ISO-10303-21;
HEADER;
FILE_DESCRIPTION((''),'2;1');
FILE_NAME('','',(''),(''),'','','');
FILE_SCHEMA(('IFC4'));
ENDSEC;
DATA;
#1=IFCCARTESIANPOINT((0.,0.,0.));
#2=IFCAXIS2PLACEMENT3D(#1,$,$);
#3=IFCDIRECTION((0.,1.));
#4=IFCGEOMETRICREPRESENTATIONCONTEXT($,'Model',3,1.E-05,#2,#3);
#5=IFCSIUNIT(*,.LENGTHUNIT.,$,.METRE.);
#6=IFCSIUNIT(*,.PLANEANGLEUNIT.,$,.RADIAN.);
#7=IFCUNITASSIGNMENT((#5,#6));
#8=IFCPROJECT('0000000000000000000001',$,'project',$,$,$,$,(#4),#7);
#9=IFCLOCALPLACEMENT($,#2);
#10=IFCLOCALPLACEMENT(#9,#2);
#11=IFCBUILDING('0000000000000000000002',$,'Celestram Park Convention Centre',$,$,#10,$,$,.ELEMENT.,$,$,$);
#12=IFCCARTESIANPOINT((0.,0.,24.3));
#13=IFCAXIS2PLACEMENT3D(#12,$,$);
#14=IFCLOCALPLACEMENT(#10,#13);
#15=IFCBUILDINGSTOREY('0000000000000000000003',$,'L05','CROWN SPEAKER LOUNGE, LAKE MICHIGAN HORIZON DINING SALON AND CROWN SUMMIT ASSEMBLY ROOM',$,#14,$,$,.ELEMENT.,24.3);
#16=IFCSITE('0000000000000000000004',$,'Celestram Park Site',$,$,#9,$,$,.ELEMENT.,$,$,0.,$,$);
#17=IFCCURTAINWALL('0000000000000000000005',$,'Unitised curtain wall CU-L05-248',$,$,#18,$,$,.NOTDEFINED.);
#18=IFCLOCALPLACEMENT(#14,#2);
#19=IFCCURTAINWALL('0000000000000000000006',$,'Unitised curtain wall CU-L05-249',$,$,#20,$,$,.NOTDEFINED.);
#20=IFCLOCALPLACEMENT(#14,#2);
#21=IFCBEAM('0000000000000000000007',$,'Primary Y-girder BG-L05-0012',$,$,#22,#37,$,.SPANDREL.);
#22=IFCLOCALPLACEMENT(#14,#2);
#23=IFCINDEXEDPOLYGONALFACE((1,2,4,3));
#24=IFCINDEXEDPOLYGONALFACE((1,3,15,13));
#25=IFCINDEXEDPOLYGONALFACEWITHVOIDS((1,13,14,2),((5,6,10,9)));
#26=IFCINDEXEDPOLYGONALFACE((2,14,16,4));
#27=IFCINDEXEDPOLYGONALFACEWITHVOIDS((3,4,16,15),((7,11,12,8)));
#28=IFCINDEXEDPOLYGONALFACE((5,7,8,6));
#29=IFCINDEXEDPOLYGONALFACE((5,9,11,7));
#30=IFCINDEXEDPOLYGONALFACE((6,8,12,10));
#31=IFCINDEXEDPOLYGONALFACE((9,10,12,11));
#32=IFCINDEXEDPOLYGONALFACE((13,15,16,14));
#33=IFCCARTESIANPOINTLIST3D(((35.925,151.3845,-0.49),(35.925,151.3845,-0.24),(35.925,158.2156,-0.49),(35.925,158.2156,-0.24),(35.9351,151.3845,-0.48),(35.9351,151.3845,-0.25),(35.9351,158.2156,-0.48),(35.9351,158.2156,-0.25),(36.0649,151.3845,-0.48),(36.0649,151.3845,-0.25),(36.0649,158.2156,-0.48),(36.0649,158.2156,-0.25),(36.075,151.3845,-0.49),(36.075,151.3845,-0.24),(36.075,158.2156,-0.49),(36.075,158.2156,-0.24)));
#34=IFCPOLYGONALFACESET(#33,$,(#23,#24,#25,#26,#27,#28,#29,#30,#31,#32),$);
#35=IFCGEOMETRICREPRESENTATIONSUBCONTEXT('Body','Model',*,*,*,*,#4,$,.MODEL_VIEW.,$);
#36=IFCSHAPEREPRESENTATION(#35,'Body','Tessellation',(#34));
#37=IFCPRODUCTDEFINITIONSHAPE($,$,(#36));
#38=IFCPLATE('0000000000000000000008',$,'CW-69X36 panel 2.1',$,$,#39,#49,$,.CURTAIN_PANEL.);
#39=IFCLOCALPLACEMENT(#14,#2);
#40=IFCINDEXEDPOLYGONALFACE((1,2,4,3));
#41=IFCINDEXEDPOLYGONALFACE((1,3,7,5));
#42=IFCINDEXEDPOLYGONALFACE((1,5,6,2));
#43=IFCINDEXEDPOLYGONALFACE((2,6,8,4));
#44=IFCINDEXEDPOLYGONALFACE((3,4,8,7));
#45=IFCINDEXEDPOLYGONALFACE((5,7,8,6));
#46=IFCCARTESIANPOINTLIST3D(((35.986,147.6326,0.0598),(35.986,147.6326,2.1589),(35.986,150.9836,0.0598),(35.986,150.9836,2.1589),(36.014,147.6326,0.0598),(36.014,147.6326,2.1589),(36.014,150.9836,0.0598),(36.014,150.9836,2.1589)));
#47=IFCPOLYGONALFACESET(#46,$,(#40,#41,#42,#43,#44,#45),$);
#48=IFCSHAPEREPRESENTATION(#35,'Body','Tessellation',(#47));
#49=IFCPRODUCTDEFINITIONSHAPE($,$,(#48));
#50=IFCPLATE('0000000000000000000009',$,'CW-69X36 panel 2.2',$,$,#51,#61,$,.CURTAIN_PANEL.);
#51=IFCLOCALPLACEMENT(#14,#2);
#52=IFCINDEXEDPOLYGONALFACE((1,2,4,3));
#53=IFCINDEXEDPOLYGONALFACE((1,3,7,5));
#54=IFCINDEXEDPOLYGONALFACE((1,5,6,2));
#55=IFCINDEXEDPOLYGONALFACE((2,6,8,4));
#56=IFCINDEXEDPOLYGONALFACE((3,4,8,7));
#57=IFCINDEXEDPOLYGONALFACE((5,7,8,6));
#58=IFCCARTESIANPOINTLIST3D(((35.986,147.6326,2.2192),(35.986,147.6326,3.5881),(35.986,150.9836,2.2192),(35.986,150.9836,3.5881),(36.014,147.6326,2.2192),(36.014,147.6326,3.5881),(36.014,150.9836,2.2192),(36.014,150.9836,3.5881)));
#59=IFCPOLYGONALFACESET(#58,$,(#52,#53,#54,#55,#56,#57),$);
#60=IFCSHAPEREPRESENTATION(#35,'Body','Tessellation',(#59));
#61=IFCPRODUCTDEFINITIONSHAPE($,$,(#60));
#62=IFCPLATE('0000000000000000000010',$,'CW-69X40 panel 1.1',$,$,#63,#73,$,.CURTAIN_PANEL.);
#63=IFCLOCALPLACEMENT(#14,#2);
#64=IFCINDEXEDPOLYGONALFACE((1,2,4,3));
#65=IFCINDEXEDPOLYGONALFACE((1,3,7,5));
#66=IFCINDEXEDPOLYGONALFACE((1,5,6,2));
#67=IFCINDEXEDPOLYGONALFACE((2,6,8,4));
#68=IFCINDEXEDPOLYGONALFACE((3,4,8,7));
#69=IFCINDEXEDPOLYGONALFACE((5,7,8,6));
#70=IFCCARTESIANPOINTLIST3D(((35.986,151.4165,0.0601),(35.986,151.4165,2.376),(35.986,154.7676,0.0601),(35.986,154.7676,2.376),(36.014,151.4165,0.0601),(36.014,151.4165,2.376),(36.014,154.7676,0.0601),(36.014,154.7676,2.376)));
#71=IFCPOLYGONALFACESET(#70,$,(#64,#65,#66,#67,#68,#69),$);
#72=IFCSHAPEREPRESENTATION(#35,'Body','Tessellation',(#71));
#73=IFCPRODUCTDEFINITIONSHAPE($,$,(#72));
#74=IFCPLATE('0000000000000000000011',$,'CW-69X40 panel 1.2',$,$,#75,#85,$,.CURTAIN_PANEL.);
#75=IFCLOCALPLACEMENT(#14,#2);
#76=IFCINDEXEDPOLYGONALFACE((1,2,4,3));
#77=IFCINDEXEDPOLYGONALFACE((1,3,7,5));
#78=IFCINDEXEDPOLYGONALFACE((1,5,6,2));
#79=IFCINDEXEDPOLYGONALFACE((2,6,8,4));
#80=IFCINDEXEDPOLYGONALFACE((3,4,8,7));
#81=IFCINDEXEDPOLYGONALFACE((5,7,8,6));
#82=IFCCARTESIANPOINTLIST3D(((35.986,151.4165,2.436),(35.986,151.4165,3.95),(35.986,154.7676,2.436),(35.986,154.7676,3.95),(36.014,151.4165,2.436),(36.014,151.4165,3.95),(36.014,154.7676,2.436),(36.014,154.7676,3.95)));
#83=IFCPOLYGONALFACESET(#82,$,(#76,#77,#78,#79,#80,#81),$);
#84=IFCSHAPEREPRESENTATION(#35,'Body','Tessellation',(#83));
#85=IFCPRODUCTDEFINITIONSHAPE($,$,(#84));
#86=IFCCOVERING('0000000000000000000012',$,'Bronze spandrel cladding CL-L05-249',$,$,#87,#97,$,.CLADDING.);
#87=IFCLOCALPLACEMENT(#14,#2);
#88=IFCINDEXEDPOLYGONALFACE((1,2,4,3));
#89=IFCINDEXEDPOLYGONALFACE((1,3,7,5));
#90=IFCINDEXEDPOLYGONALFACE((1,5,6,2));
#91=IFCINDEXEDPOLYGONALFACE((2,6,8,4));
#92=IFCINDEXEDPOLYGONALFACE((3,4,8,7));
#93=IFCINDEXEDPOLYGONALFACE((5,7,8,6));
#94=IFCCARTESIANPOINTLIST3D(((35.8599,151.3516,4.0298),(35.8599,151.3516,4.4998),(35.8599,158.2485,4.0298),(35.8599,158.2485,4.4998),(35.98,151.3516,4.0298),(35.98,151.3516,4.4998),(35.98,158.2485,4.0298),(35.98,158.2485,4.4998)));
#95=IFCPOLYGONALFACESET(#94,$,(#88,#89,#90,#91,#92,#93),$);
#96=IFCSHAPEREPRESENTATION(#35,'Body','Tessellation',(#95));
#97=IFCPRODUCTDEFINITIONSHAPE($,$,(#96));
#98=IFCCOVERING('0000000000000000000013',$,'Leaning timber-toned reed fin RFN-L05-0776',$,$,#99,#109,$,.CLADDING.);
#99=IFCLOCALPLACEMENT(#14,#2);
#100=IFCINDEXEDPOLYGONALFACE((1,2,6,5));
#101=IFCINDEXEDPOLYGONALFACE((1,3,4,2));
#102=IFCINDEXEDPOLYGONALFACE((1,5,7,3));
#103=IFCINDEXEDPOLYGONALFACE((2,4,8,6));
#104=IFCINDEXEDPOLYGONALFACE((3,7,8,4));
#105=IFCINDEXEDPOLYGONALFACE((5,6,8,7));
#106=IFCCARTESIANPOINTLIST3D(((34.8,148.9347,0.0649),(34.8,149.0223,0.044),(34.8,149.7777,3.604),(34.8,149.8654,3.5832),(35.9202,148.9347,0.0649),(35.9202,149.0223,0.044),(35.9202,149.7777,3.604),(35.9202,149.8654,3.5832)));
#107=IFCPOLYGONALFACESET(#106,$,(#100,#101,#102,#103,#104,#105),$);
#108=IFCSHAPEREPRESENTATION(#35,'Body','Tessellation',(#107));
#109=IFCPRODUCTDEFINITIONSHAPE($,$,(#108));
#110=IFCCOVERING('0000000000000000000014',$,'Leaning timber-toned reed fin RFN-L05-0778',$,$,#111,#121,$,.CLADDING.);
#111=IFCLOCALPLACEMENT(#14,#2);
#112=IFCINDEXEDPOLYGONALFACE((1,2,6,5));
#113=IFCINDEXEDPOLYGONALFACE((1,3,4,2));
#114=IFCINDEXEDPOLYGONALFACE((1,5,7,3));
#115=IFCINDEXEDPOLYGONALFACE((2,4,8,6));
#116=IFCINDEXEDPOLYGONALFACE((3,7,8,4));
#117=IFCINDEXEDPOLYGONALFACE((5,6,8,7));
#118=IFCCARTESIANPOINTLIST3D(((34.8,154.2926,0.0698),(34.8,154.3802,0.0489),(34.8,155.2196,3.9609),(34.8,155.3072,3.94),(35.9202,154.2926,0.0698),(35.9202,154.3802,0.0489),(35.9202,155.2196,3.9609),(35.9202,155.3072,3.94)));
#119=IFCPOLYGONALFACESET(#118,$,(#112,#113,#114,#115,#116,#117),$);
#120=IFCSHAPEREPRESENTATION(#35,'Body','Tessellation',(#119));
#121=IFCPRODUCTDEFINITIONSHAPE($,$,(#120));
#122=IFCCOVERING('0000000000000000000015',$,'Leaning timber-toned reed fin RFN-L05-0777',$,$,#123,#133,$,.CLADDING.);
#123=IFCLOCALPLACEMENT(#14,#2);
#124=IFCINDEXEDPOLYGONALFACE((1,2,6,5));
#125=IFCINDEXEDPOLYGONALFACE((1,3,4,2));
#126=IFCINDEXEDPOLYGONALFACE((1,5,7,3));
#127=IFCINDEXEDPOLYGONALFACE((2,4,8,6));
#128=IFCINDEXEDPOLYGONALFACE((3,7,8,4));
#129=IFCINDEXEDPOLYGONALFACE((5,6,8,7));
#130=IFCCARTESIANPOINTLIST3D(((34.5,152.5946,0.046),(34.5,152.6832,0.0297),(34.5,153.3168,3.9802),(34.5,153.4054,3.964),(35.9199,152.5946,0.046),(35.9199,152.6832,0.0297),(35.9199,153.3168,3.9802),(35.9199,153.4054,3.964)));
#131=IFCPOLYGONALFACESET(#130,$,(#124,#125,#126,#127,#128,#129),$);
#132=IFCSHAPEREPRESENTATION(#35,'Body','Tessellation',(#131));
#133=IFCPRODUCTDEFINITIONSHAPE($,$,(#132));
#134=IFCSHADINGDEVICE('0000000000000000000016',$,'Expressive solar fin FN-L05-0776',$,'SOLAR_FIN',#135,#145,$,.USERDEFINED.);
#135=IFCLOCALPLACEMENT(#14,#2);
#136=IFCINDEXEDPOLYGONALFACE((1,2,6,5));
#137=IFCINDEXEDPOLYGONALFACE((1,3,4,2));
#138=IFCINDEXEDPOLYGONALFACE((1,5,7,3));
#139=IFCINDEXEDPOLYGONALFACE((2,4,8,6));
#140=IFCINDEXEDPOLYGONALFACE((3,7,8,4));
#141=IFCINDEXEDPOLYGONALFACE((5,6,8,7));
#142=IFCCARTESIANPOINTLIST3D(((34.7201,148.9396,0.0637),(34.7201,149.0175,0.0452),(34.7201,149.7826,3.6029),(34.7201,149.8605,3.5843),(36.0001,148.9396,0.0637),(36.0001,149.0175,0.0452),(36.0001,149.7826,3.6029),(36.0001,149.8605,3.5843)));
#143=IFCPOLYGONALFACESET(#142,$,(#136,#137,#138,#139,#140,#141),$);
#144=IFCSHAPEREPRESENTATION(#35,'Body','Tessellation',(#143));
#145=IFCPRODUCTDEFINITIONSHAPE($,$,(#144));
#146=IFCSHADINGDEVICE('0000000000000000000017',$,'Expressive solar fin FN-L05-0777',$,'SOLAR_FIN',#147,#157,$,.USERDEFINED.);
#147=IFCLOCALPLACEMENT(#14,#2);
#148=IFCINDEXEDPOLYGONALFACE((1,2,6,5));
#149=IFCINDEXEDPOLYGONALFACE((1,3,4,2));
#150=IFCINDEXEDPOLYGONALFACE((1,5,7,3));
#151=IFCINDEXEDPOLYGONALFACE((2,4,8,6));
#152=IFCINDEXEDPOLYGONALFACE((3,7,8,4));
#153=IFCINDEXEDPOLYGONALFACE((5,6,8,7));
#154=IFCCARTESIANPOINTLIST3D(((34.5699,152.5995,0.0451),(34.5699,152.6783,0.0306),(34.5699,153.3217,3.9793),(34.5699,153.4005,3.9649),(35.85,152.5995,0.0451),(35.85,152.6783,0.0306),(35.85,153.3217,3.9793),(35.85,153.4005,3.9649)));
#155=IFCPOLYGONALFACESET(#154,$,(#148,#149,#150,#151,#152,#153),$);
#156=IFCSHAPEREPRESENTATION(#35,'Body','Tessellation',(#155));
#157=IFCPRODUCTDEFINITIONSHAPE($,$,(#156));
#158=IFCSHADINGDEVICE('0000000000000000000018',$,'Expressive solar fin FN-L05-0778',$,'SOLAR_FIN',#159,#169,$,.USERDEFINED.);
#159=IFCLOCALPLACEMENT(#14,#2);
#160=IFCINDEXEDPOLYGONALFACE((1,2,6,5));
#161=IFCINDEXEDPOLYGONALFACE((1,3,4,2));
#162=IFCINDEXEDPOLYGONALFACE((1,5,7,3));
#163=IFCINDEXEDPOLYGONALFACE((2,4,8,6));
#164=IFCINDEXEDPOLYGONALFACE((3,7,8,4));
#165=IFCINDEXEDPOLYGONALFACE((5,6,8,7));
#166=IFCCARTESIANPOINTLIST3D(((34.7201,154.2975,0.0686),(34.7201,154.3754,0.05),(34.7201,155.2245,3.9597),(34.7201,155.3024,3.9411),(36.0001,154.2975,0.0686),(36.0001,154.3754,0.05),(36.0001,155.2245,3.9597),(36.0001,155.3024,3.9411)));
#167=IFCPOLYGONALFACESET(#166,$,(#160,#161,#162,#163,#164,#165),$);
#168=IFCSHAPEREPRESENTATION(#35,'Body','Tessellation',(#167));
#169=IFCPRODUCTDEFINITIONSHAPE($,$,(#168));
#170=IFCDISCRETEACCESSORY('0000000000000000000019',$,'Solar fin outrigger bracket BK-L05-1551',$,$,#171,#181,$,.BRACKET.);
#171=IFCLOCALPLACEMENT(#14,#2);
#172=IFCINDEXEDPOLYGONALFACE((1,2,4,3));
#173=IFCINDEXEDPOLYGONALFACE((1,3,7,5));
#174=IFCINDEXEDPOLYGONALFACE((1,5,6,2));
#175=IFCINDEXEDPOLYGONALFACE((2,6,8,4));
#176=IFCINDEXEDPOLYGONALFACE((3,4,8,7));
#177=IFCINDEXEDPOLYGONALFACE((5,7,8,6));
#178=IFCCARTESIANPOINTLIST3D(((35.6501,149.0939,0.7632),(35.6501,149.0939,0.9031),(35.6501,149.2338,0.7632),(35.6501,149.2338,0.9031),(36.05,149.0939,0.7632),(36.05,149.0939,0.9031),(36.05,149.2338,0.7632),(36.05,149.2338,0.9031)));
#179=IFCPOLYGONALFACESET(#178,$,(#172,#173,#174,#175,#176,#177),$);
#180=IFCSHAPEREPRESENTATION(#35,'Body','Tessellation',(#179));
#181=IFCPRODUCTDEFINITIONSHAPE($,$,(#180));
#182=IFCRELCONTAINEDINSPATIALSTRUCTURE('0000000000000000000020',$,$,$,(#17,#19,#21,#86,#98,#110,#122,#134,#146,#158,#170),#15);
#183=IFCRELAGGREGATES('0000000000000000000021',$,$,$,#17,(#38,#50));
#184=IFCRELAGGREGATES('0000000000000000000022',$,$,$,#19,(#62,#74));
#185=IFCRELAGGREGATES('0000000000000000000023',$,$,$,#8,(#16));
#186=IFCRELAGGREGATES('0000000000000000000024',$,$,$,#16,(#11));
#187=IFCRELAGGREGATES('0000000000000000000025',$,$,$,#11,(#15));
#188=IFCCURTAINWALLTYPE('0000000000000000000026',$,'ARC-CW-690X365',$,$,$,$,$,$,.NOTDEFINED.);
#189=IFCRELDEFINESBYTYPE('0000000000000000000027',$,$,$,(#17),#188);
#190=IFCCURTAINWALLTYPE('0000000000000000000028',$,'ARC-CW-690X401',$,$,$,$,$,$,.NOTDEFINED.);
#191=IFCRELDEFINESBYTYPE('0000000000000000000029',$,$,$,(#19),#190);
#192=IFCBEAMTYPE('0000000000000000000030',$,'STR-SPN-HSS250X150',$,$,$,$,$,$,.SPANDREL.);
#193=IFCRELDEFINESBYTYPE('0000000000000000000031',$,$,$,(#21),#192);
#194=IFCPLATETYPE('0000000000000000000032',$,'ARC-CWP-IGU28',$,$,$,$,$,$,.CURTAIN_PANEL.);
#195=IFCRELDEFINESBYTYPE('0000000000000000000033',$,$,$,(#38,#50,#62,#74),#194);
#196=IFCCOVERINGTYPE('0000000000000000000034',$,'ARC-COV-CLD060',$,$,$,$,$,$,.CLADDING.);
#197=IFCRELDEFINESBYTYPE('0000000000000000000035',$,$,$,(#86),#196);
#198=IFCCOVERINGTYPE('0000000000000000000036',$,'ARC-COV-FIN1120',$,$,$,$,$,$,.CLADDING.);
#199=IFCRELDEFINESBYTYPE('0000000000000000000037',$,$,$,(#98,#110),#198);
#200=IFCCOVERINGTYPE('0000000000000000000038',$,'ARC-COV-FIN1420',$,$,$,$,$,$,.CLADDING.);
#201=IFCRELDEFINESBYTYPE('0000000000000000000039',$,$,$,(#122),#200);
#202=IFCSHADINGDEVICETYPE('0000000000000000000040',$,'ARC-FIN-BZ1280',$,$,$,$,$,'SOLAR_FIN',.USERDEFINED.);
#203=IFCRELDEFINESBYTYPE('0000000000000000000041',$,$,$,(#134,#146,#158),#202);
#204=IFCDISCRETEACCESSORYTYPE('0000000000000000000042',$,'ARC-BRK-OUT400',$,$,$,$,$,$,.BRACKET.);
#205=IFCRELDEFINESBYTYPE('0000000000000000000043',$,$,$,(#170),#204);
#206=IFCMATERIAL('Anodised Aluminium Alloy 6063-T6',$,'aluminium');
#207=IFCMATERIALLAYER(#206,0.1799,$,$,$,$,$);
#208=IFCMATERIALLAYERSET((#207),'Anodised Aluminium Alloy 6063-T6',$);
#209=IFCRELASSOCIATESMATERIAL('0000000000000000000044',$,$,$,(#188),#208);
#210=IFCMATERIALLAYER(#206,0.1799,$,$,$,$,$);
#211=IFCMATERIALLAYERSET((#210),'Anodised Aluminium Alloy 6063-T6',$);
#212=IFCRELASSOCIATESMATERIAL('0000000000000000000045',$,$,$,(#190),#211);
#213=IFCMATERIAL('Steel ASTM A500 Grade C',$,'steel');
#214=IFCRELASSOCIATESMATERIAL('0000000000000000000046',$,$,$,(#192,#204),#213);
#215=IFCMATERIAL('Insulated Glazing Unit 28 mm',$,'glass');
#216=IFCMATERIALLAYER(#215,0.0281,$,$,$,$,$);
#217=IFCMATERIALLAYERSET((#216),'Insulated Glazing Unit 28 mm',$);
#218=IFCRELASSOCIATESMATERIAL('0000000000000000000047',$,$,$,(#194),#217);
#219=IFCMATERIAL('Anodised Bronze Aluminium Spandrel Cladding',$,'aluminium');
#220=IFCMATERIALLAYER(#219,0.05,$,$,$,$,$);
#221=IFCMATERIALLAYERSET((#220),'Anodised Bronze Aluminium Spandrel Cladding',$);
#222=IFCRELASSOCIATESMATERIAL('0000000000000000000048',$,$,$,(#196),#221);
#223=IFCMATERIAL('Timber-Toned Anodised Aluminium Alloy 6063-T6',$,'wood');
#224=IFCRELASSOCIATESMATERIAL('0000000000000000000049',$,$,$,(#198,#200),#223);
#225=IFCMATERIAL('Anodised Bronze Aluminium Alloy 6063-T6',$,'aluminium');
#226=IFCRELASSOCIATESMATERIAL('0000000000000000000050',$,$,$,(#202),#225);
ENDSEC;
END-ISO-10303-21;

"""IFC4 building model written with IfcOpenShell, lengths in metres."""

from ifc_helpers import new_model, si_unit, direction, frame, origin, origin_2d, place, context, subcontext, project, spatial, rectangle, hollow_rectangle, extrude, material, layer, layer_set, material_profile, profile_set, type_object, element, aggregate, save


model = new_model("IFC4")

# Units and contexts
model_context = context("Model", 3, precision=1e-05, world=origin(), true_north=direction((0.0, 1.0)))
body_context = subcontext(model_context, "Body", "Model", "MODEL_VIEW")
ifc_project = project(units=[si_unit("LENGTHUNIT", "METRE"), si_unit("PLANEANGLEUNIT", "RADIAN")], contexts=[model_context])

# Site, building, storey
site_placement = place(None, origin())
site = spatial("IfcSite", under=ifc_project, at=site_placement, Name="Celestram Park Site", CompositionType="ELEMENT", RefElevation=0.0)
building_placement = place(site_placement, origin())
building = spatial("IfcBuilding", under=site, at=building_placement, Name="Celestram Park Convention Centre", CompositionType="ELEMENT")
storey_placement = place(building_placement, frame((0.0, 0.0, 24.3)))
storey = spatial("IfcBuildingStorey", under=building, at=storey_placement, Name="L05", Description="CROWN SPEAKER LOUNGE, LAKE MICHIGAN HORIZON DINING SALON AND CROWN SUMMIT ASSEMBLY ROOM", CompositionType="ELEMENT", Elevation=24.3)

# Curtain wall
ifc_material_1 = material(Name="Anodised Aluminium Alloy 6063-T6", Category="aluminium")
ifc_layer_1 = layer(ifc_material_1, 0.1799)
ifc_layer_set_1 = layer_set([ifc_layer_1], Name="Anodised Aluminium Alloy 6063-T6")
curtain_wall_type_1 = type_object("IfcCurtainWallType", Name="ARC-CW-690X365", PredefinedType="NOTDEFINED", material=ifc_layer_set_1)
curtain_wall_1_placement = place(storey_placement, origin())
curtain_wall_1 = element("IfcCurtainWall", 1, at=curtain_wall_1_placement, inside=storey, type_object=curtain_wall_type_1, Name="Unitised curtain wall CU-L05-248", PredefinedType="NOTDEFINED")

# Curtain wall
ifc_layer_2 = layer(ifc_material_1, 0.1799)
ifc_layer_set_2 = layer_set([ifc_layer_2], Name="Anodised Aluminium Alloy 6063-T6")
curtain_wall_type_2 = type_object("IfcCurtainWallType", Name="ARC-CW-690X401", PredefinedType="NOTDEFINED", material=ifc_layer_set_2)
curtain_wall_2_placement = place(storey_placement, origin())
curtain_wall_2 = element("IfcCurtainWall", 2, at=curtain_wall_2_placement, inside=storey, type_object=curtain_wall_type_2, Name="Unitised curtain wall CU-L05-249", PredefinedType="NOTDEFINED")

# Beam
ifc_material_2 = material(Name="Steel ASTM A500 Grade C", Category="steel")
ifc_material_profile_1 = material_profile(ifc_material_2, hollow_rectangle(XDim=0.1499, YDim=0.25, WallThickness=0.01, at=origin_2d()), Name="HSS250X150X10")
ifc_profile_set_1 = profile_set([ifc_material_profile_1], Name="Steel ASTM A500 Grade C")
beam_type = type_object("IfcBeamType", Name="STR-SPN-HSS250X150", PredefinedType="SPANDREL", material=ifc_profile_set_1)
beam_placement = place(storey_placement, frame((36.0, 151.3845, -0.365), z_axis=(0.0, 1.0, 0.0), x_axis=(-1.0, 0.0, 0.0)))
element("IfcBeam", 3, at=beam_placement, inside=storey, type_object=beam_type, Name="Primary Y-girder BG-L05-0012", PredefinedType="SPANDREL", context=body_context, shape_type="SweptSolid", body=[
    extrude(hollow_rectangle(XDim=0.1499, YDim=0.25, WallThickness=0.01, at=origin_2d()), origin(), (0.0, 0.0, 1.0), 6.8311),
])

# Plates
ifc_material_3 = material(Name="Insulated Glazing Unit 28 mm", Category="glass")
ifc_layer_3 = layer(ifc_material_3, 0.0281)
ifc_layer_set_3 = layer_set([ifc_layer_3], Name="Insulated Glazing Unit 28 mm")
plate_type = type_object("IfcPlateType", Name="ARC-CWP-IGU28", PredefinedType="CURTAIN_PANEL", material=ifc_layer_set_3)
plate_1_placement = place(storey_placement, frame((36.0, 149.3081, 0.0598), z_axis=(0.0, 0.0, 1.0), x_axis=(0.0, 1.0, 0.0)))
plate_1 = element("IfcPlate", 4, at=plate_1_placement, type_object=plate_type, Name="CW-69X36 panel 2.1", PredefinedType="CURTAIN_PANEL", context=body_context, shape_type="SweptSolid", body=[
    extrude(rectangle(XDim=3.3511, YDim=0.0281, at=origin_2d()), origin(), (0.0, 0.0, 1.0), 2.0991),
])
plate_2_placement = place(storey_placement, frame((36.0, 149.3081, 2.2192), z_axis=(0.0, 0.0, 1.0), x_axis=(0.0, 1.0, 0.0)))
plate_2 = element("IfcPlate", 5, at=plate_2_placement, type_object=plate_type, Name="CW-69X36 panel 2.2", PredefinedType="CURTAIN_PANEL", context=body_context, shape_type="SweptSolid", body=[
    extrude(rectangle(XDim=3.3511, YDim=0.0281, at=origin_2d()), origin(), (0.0, 0.0, 1.0), 1.3689),
])
aggregate(curtain_wall_1, [plate_1, plate_2])
plate_3_placement = place(storey_placement, frame((36.0, 153.092, 0.0601), z_axis=(0.0, 0.0, 1.0), x_axis=(0.0, 1.0, 0.0)))
plate_3 = element("IfcPlate", 6, at=plate_3_placement, type_object=plate_type, Name="CW-69X40 panel 1.1", PredefinedType="CURTAIN_PANEL", context=body_context, shape_type="SweptSolid", body=[
    extrude(rectangle(XDim=3.3511, YDim=0.0281, at=origin_2d()), origin(), (0.0, 0.0, 1.0), 2.3159),
])
plate_4_placement = place(storey_placement, frame((36.0, 153.092, 2.436), z_axis=(0.0, 0.0, 1.0), x_axis=(0.0, 1.0, 0.0)))
plate_4 = element("IfcPlate", 7, at=plate_4_placement, type_object=plate_type, Name="CW-69X40 panel 1.2", PredefinedType="CURTAIN_PANEL", context=body_context, shape_type="SweptSolid", body=[
    extrude(rectangle(XDim=3.3511, YDim=0.0281, at=origin_2d()), origin(), (0.0, 0.0, 1.0), 1.5139),
])
aggregate(curtain_wall_2, [plate_3, plate_4])

# Coverings
ifc_material_4 = material(Name="Anodised Bronze Aluminium Spandrel Cladding", Category="aluminium")
ifc_layer_4 = layer(ifc_material_4, 0.05)
ifc_layer_set_4 = layer_set([ifc_layer_4], Name="Anodised Bronze Aluminium Spandrel Cladding")
covering_type_1 = type_object("IfcCoveringType", Name="ARC-COV-CLD060", PredefinedType="CLADDING", material=ifc_layer_set_4)
covering_1_placement = place(storey_placement, frame((35.9199, 154.8, 4.0298), z_axis=(0.0, 0.0, 1.0), x_axis=(0.0, 1.0, 0.0)))
element("IfcCovering", 8, at=covering_1_placement, inside=storey, type_object=covering_type_1, Name="Bronze spandrel cladding CL-L05-249", PredefinedType="CLADDING", context=body_context, shape_type="SweptSolid", body=[
    extrude(rectangle(XDim=6.897, YDim=0.1201, at=origin_2d()), origin(), (0.0, 0.0, 1.0), 0.47),
])
ifc_material_5 = material(Name="Timber-Toned Anodised Aluminium Alloy 6063-T6", Category="wood")
ifc_material_profile_2 = material_profile(ifc_material_5, rectangle(XDim=1.1201, YDim=0.0901, at=origin_2d()), Name="REED1120X90")
ifc_profile_set_2 = profile_set([ifc_material_profile_2], Name="Timber-Toned Anodised Aluminium Alloy 6063-T6")
covering_type_2 = type_object("IfcCoveringType", Name="ARC-COV-FIN1120", PredefinedType="CLADDING", material=ifc_profile_set_2)
covering_2_placement = place(storey_placement, frame((35.3601, 148.9785, 0.0544), z_axis=(0.0, 0.23172, 0.972782), x_axis=(-1.0, 0.0, 0.0)))
element("IfcCovering", 9, at=covering_2_placement, inside=storey, type_object=covering_type_2, Name="Leaning timber-toned reed fin RFN-L05-0776", PredefinedType="CLADDING", context=body_context, shape_type="SweptSolid", body=[
    extrude(rectangle(XDim=1.1201, YDim=0.0901, at=origin_2d()), origin(), (0.0, 0.0, 1.0), 3.6382),
])
covering_3_placement = place(storey_placement, frame((35.3601, 154.3364, 0.0593), z_axis=(0.0, 0.23175, 0.972775), x_axis=(-1.0, 0.0, 0.0)))
element("IfcCovering", 10, at=covering_3_placement, inside=storey, type_object=covering_type_2, Name="Leaning timber-toned reed fin RFN-L05-0778", PredefinedType="CLADDING", context=body_context, shape_type="SweptSolid", body=[
    extrude(rectangle(XDim=1.1201, YDim=0.0901, at=origin_2d()), origin(), (0.0, 0.0, 1.0), 4.0),
])
ifc_material_profile_3 = material_profile(ifc_material_5, rectangle(XDim=1.4199, YDim=0.0901, at=origin_2d()), Name="REED1420X90")
ifc_profile_set_3 = profile_set([ifc_material_profile_3], Name="Timber-Toned Anodised Aluminium Alloy 6063-T6")
covering_type_3 = type_object("IfcCoveringType", Name="ARC-COV-FIN1420", PredefinedType="CLADDING", material=ifc_profile_set_3)
covering_4_placement = place(storey_placement, frame((35.21, 152.6389, 0.0378), z_axis=(0.0, 0.180539, 0.983568), x_axis=(-1.0, 0.0, 0.0)))
element("IfcCovering", 11, at=covering_4_placement, inside=storey, type_object=covering_type_3, Name="Leaning timber-toned reed fin RFN-L05-0777", PredefinedType="CLADDING", context=body_context, shape_type="SweptSolid", body=[
    extrude(rectangle(XDim=1.4199, YDim=0.0901, at=origin_2d()), origin(), (0.0, 0.0, 1.0), 4.0),
])

# Shading devices
ifc_material_6 = material(Name="Anodised Bronze Aluminium Alloy 6063-T6", Category="aluminium")
ifc_material_profile_4 = material_profile(ifc_material_6, rectangle(XDim=1.28, YDim=0.0801, at=origin_2d()), Name="FIN1280X80")
ifc_profile_set_4 = profile_set([ifc_material_profile_4], Name="Anodised Bronze Aluminium Alloy 6063-T6")
shading_device_type = type_object("IfcShadingDeviceType", Name="ARC-FIN-BZ1280", ElementType="SOLAR_FIN", PredefinedType="USERDEFINED", material=ifc_profile_set_4)
shading_device_placement = place(storey_placement, frame((35.3601, 148.9785, 0.0544), z_axis=(0.0, 0.23172, 0.972782), x_axis=(-1.0, 0.0, 0.0)))
element("IfcShadingDevice", 12, at=shading_device_placement, inside=storey, type_object=shading_device_type, Name="Expressive solar fin FN-L05-0776", ObjectType="SOLAR_FIN", PredefinedType="USERDEFINED", context=body_context, shape_type="SweptSolid", body=[
    extrude(rectangle(XDim=1.28, YDim=0.0801, at=origin_2d()), origin(), (0.0, 0.0, 1.0), 3.6382),
])
for number, where, z_axis, x_axis, name in (
    (13, (35.21, 152.6389, 0.0378), (0.0, 0.180539, 0.983568), (-1.0, 0.0, 0.0), "Expressive solar fin FN-L05-0777"),
    (14, (35.3601, 154.3364, 0.0593), (0.0, 0.23175, 0.972775), (-1.0, 0.0, 0.0), "Expressive solar fin FN-L05-0778"),
):
    element("IfcShadingDevice", number, at=place(storey_placement, frame(where, z_axis=z_axis, x_axis=x_axis)), inside=storey, type_object=shading_device_type, Name=name, ObjectType="SOLAR_FIN", PredefinedType="USERDEFINED", context=body_context, shape_type="SweptSolid", body=[
        extrude(rectangle(XDim=1.28, YDim=0.0801, at=origin_2d()), origin(), (0.0, 0.0, 1.0), 4.0),
    ])

# Discrete accessory
discrete_accessory_type = type_object("IfcDiscreteAccessoryType", Name="ARC-BRK-OUT400", PredefinedType="BRACKET", material=ifc_material_2)
for number, where, z_axis, x_axis, name in (
    (15, (35.8501, 149.1638, 0.7632), (0.0, 0.0, 1.0), (-1.0, 0.0, 0.0), "Solar fin outrigger bracket BK-L05-1551"),
):
    element("IfcDiscreteAccessory", number, at=place(storey_placement, frame(where, z_axis=z_axis, x_axis=x_axis)), inside=storey, type_object=discrete_accessory_type, Name=name, PredefinedType="BRACKET", context=body_context, shape_type="SweptSolid", body=[
        extrude(rectangle(XDim=0.3999, YDim=0.1399, at=origin_2d()), origin(), (0.0, 0.0, 1.0), 0.1399),
    ])

save(model, "model.ifc")
